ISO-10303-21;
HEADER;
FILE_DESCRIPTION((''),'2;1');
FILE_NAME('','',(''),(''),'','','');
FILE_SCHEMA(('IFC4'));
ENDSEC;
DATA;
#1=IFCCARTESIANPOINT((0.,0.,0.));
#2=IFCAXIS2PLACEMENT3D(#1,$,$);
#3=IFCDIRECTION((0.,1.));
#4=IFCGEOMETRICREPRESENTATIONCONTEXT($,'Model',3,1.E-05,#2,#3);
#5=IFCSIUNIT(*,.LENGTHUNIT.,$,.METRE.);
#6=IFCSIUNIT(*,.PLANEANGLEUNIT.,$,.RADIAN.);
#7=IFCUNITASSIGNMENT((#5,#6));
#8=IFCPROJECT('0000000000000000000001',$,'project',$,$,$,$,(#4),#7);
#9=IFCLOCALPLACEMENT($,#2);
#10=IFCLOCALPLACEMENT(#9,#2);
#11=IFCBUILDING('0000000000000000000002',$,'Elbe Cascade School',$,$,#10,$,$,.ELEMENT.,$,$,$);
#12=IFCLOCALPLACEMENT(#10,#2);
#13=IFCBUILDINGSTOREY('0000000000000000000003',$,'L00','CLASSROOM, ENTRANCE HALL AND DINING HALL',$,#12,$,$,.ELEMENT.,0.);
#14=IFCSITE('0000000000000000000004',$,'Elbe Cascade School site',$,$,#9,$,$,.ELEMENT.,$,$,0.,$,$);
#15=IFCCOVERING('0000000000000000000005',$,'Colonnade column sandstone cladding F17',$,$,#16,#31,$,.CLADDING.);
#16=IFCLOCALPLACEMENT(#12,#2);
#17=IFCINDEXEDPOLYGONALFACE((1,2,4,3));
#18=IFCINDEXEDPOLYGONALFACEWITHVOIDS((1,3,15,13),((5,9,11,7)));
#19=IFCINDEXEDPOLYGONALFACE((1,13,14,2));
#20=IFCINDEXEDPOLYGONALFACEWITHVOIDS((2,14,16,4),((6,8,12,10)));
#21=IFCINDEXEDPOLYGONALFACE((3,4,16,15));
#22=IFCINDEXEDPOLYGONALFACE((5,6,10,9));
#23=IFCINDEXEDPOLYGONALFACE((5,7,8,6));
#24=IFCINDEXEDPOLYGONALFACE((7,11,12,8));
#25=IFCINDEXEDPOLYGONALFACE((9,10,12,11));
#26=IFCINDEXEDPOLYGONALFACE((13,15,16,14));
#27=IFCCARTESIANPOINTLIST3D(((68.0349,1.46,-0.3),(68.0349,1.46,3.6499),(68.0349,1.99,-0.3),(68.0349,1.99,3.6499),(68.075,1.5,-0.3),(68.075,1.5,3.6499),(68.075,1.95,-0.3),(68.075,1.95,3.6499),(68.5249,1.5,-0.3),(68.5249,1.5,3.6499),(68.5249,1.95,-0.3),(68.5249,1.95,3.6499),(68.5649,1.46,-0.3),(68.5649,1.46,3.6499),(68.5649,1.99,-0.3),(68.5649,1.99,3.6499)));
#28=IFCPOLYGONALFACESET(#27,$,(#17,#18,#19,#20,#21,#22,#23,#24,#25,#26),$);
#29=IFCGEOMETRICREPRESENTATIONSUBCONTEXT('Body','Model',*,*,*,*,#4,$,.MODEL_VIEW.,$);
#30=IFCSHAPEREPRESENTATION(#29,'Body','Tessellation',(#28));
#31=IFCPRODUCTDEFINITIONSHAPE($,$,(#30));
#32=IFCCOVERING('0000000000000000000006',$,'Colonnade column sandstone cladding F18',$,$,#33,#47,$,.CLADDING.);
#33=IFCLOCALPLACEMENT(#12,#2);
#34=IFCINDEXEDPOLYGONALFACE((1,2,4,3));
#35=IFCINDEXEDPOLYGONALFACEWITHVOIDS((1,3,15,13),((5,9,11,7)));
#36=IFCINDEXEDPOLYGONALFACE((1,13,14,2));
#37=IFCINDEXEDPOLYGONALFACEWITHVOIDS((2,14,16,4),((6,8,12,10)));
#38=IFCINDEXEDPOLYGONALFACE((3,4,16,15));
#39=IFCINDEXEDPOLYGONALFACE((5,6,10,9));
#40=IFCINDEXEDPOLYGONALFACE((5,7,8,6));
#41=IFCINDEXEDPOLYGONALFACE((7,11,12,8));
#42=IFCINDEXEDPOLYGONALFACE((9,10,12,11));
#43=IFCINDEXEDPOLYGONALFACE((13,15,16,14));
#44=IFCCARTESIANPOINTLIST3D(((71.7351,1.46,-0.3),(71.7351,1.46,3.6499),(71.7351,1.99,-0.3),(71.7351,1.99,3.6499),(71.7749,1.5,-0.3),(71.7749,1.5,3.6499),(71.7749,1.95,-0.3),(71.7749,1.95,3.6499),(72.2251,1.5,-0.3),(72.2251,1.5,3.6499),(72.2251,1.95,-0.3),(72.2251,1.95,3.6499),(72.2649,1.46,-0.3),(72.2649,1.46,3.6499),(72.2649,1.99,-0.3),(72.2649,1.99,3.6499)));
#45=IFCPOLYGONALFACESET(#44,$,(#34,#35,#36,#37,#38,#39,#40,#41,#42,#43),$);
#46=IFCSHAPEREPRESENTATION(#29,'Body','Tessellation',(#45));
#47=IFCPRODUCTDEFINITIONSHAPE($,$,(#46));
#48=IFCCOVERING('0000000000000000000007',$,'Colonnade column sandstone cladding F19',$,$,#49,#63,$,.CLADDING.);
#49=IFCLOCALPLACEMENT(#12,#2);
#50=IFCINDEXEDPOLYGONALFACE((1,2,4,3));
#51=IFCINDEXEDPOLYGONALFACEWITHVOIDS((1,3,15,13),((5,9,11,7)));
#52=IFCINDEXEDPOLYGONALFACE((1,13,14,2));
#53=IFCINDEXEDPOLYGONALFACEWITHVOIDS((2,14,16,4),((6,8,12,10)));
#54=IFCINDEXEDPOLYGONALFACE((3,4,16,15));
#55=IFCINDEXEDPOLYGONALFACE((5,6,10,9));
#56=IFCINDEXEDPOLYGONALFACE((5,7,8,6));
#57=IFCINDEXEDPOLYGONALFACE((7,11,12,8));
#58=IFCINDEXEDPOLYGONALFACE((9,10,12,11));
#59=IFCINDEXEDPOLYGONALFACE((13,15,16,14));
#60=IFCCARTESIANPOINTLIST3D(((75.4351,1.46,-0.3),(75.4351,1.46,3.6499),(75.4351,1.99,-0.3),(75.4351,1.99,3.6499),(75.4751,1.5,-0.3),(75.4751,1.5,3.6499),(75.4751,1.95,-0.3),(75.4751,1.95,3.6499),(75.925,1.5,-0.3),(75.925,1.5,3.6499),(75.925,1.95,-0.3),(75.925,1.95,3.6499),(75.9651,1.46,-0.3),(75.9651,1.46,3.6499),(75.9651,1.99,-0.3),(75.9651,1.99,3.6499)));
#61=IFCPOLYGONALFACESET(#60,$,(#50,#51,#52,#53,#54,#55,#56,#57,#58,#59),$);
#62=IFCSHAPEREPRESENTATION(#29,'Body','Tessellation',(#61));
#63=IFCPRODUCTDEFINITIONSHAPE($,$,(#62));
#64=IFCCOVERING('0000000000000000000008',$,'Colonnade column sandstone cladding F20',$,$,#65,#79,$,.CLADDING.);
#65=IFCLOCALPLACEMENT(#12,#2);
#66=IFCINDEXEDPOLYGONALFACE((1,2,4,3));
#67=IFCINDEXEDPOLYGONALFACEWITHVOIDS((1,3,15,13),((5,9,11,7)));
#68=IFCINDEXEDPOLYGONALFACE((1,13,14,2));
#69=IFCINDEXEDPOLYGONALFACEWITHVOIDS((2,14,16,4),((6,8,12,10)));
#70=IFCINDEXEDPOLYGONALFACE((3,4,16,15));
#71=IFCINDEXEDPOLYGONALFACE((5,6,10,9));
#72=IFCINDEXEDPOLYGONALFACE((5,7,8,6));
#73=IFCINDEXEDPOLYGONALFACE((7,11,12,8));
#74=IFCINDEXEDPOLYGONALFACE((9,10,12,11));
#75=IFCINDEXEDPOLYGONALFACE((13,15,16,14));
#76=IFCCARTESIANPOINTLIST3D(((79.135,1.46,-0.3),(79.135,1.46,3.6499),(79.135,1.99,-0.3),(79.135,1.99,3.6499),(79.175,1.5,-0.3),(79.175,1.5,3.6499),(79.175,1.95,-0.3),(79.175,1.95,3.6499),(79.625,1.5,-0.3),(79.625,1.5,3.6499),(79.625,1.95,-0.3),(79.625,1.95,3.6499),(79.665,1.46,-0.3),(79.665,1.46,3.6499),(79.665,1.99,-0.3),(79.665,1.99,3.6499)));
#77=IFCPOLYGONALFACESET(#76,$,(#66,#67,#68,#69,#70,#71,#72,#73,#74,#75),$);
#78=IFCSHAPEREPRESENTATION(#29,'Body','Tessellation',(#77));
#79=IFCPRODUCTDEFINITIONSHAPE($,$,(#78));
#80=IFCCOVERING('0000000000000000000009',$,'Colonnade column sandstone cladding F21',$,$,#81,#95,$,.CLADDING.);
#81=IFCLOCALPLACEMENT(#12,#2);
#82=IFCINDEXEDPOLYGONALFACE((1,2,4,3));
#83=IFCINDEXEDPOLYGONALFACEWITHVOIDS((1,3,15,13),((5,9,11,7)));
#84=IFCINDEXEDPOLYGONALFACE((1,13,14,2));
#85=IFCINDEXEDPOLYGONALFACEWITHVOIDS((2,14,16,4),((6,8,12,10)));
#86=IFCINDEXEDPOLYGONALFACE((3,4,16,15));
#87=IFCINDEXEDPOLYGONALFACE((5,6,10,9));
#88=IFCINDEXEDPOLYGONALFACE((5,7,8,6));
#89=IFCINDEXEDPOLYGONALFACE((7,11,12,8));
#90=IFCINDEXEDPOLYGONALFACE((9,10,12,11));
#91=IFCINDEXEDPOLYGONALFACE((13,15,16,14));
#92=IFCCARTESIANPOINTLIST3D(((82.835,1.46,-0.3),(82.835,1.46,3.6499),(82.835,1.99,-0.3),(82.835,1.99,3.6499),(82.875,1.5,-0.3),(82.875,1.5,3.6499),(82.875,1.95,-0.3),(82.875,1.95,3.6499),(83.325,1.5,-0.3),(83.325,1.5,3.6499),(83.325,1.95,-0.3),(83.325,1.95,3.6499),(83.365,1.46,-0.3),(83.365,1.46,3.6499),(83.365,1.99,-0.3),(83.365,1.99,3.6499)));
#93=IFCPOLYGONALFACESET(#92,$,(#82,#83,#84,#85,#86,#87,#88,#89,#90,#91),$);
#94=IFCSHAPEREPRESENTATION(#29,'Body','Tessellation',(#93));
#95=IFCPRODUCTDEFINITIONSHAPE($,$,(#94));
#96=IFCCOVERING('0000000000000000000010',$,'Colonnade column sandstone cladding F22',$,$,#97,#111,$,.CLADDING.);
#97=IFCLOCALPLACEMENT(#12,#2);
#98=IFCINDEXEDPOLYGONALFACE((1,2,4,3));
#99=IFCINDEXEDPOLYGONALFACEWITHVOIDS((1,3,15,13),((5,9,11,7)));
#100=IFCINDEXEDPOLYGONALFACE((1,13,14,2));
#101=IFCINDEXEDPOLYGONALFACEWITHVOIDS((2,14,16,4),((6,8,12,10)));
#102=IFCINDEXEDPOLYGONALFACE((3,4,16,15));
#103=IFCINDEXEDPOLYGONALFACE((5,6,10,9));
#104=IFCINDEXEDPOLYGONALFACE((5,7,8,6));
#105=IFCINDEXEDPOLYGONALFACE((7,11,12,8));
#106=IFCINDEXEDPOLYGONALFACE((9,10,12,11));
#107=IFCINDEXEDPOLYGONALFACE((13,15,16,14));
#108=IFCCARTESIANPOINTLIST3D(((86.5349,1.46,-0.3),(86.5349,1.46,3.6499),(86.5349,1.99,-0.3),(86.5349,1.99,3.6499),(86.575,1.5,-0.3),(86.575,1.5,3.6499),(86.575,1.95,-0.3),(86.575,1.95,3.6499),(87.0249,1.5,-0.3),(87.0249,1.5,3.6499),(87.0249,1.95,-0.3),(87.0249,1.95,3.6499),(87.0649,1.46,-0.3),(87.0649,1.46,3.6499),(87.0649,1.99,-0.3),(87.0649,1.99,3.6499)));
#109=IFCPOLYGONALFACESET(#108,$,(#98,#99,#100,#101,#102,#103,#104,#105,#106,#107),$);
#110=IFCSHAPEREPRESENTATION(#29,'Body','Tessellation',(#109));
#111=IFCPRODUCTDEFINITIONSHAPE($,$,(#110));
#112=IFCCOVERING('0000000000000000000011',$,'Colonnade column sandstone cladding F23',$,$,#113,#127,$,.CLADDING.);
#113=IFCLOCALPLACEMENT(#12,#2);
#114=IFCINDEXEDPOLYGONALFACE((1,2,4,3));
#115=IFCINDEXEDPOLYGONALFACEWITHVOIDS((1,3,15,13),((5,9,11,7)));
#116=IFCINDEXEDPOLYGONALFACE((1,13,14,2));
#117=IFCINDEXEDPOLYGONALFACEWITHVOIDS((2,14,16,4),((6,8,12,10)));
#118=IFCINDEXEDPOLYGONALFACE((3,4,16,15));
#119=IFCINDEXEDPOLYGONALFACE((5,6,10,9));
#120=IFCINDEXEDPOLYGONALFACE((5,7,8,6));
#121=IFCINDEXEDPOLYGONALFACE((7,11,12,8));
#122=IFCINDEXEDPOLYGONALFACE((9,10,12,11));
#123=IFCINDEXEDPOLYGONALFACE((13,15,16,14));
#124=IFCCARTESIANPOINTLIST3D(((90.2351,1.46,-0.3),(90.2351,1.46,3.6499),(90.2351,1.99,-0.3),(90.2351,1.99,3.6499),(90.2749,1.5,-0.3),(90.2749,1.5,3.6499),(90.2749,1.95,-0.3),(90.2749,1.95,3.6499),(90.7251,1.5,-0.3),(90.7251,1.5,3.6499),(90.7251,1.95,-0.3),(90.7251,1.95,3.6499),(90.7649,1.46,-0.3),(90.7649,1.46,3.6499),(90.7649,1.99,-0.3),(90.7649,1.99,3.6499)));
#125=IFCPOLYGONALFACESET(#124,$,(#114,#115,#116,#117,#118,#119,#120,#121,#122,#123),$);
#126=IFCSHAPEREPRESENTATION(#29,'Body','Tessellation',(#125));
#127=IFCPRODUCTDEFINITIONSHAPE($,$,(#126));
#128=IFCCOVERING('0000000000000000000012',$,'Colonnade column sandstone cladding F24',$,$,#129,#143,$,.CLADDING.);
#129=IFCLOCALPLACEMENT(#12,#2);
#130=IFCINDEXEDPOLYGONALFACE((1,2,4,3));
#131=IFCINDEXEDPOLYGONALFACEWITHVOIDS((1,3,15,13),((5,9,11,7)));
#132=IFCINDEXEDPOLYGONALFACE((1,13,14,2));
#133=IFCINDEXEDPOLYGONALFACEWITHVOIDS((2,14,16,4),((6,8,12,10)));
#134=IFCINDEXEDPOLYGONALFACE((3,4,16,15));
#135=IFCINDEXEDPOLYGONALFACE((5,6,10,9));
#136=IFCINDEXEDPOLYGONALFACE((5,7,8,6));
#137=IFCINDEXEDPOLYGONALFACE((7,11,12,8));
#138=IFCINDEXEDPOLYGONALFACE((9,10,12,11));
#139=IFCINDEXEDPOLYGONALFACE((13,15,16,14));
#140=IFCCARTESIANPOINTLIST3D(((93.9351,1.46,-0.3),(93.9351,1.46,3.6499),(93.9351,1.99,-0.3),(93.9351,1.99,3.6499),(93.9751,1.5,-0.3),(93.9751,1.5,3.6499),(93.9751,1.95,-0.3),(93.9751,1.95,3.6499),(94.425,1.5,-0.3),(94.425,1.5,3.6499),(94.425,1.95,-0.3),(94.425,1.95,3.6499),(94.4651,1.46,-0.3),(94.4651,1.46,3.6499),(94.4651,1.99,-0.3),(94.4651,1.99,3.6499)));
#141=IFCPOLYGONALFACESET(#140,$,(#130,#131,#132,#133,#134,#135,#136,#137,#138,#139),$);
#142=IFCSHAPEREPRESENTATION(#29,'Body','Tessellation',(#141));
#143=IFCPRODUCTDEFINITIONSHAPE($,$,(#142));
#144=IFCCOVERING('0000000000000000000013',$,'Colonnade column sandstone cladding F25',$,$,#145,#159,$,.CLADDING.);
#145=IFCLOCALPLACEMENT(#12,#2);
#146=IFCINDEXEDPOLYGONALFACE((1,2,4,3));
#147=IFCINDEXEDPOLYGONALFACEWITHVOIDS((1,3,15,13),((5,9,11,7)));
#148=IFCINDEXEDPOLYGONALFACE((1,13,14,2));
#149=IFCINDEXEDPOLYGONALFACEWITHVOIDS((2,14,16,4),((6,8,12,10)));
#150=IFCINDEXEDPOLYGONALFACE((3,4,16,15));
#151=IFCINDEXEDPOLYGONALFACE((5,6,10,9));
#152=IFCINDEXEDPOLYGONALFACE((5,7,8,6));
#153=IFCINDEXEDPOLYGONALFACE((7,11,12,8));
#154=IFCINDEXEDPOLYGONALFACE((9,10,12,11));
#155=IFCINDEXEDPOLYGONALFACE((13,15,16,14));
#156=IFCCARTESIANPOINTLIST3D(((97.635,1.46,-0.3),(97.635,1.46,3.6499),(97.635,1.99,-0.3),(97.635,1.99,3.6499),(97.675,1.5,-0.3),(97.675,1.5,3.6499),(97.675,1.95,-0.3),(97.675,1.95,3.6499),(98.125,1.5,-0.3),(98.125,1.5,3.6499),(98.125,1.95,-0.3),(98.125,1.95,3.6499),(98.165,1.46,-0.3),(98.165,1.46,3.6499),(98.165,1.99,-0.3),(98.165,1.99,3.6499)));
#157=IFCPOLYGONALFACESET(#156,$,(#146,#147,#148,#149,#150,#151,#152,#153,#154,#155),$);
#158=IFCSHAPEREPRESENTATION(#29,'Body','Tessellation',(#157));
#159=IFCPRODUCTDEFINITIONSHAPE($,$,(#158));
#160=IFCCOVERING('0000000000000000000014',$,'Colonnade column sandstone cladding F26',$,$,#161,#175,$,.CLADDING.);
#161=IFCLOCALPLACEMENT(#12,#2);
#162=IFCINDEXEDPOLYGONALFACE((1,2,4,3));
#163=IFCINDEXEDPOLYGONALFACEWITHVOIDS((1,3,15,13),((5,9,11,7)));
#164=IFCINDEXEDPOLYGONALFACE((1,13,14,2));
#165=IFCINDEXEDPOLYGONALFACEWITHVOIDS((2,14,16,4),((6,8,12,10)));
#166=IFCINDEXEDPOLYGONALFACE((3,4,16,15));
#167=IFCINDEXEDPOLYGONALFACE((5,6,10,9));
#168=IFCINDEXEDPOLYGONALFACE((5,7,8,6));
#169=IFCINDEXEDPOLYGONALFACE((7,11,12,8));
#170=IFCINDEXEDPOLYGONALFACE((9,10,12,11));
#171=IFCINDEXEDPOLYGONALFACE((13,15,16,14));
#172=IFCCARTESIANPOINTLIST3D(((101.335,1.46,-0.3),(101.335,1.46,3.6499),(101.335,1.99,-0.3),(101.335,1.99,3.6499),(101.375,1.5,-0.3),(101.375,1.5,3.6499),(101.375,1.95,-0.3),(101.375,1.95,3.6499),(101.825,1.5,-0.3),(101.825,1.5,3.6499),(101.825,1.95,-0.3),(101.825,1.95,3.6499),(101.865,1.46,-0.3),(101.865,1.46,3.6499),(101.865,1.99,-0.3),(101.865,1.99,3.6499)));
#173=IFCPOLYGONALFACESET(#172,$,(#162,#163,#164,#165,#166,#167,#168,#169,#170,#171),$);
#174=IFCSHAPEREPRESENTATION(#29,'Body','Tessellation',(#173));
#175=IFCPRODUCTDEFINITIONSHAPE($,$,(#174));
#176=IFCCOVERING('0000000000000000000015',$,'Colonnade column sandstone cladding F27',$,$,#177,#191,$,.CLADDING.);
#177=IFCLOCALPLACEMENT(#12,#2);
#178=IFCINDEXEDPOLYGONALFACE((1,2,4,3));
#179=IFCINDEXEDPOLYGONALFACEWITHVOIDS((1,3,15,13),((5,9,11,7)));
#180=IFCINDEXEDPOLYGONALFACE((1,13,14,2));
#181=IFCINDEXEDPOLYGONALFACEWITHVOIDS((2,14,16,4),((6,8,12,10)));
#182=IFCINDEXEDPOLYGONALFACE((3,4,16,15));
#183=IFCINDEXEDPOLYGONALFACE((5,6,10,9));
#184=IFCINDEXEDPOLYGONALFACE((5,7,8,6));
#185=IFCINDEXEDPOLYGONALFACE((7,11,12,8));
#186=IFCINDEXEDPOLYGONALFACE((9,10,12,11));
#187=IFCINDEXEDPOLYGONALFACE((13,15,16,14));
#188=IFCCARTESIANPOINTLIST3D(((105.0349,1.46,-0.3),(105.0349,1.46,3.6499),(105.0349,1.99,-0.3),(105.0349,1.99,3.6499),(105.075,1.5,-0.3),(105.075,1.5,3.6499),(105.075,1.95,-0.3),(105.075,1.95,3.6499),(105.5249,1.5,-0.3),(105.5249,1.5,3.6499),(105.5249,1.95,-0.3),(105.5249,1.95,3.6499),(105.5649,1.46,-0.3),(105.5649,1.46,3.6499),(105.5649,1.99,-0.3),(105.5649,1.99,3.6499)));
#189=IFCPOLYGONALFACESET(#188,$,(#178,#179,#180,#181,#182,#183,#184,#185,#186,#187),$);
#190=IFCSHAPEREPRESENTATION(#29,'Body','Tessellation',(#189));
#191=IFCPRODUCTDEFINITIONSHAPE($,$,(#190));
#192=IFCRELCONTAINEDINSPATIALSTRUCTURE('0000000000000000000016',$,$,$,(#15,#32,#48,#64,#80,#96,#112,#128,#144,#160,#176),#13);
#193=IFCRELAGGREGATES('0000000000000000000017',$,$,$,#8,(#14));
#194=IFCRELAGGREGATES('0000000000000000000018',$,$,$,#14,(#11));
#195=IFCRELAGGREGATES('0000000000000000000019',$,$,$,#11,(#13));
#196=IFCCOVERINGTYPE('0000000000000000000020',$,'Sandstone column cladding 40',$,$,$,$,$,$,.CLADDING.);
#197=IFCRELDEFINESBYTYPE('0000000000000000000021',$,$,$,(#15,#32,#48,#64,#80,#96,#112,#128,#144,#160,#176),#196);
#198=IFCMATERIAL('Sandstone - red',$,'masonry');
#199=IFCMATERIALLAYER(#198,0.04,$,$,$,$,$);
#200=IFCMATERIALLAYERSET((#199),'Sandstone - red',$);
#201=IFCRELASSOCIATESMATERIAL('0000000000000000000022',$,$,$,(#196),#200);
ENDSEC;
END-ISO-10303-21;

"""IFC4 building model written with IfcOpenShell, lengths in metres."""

from ifc_helpers import new_model, si_unit, direction, frame, origin, place, context, subcontext, project, spatial, polyline, outline, extrude, material, layer, layer_set, type_object, element, save


model = new_model("IFC4")

# Units and contexts
model_context = context("Model", 3, precision=1e-05, world=origin(), true_north=direction((0.0, 1.0)))
body_context = subcontext(model_context, "Body", "Model", "MODEL_VIEW")
ifc_project = project(units=[si_unit("LENGTHUNIT", "METRE"), si_unit("PLANEANGLEUNIT", "RADIAN")], contexts=[model_context])

# Site, building, storey
site_placement = place(None, origin())
site = spatial("IfcSite", under=ifc_project, at=site_placement, Name="Elbe Cascade School site", CompositionType="ELEMENT", RefElevation=0.0)
building_placement = place(site_placement, origin())
building = spatial("IfcBuilding", under=site, at=building_placement, Name="Elbe Cascade School", CompositionType="ELEMENT")
storey_placement = place(building_placement, origin())
storey = spatial("IfcBuildingStorey", under=building, at=storey_placement, Name="L00", Description="CLASSROOM, ENTRANCE HALL AND DINING HALL", CompositionType="ELEMENT", Elevation=0.0)

# Coverings
ifc_material = material(Name="Sandstone - red", Category="masonry")
ifc_layer = layer(ifc_material, 0.04)
ifc_layer_set = layer_set([ifc_layer], Name="Sandstone - red")
covering_type = type_object("IfcCoveringType", Name="Sandstone column cladding 40", PredefinedType="CLADDING", material=ifc_layer_set)
covering_1_placement = place(storey_placement, frame((0.0, 0.0, -0.3)))
element("IfcCovering", 1, at=covering_1_placement, inside=storey, type_object=covering_type, Name="Colonnade column sandstone cladding F17", PredefinedType="CLADDING", context=body_context, shape_type="SweptSolid", body=[
    extrude(outline(polyline([(68.0349, 1.46), (68.5649, 1.46), (68.5649, 1.99), (68.0349, 1.99), (68.0349, 1.46)]), holes=[polyline([(68.075, 1.95), (68.5249, 1.95), (68.5249, 1.5), (68.075, 1.5), (68.075, 1.95)])]), origin(), (0.0, 0.0, 1.0), 3.95),
])
covering_2_placement = place(storey_placement, frame((0.0, 0.0, -0.3)))
element("IfcCovering", 2, at=covering_2_placement, inside=storey, type_object=covering_type, Name="Colonnade column sandstone cladding F18", PredefinedType="CLADDING", context=body_context, shape_type="SweptSolid", body=[
    extrude(outline(polyline([(71.7351, 1.46), (72.2649, 1.46), (72.2649, 1.99), (71.7351, 1.99), (71.7351, 1.46)]), holes=[polyline([(71.7749, 1.95), (72.2251, 1.95), (72.2251, 1.5), (71.7749, 1.5), (71.7749, 1.95)])]), origin(), (0.0, 0.0, 1.0), 3.95),
])
covering_3_placement = place(storey_placement, frame((0.0, 0.0, -0.3)))
element("IfcCovering", 3, at=covering_3_placement, inside=storey, type_object=covering_type, Name="Colonnade column sandstone cladding F19", PredefinedType="CLADDING", context=body_context, shape_type="SweptSolid", body=[
    extrude(outline(polyline([(75.4351, 1.46), (75.9651, 1.46), (75.9651, 1.99), (75.4351, 1.99), (75.4351, 1.46)]), holes=[polyline([(75.4751, 1.95), (75.925, 1.95), (75.925, 1.5), (75.4751, 1.5), (75.4751, 1.95)])]), origin(), (0.0, 0.0, 1.0), 3.95),
])
covering_4_placement = place(storey_placement, frame((0.0, 0.0, -0.3)))
element("IfcCovering", 4, at=covering_4_placement, inside=storey, type_object=covering_type, Name="Colonnade column sandstone cladding F20", PredefinedType="CLADDING", context=body_context, shape_type="SweptSolid", body=[
    extrude(outline(polyline([(79.135, 1.46), (79.665, 1.46), (79.665, 1.99), (79.135, 1.99), (79.135, 1.46)]), holes=[polyline([(79.175, 1.95), (79.625, 1.95), (79.625, 1.5), (79.175, 1.5), (79.175, 1.95)])]), origin(), (0.0, 0.0, 1.0), 3.95),
])
covering_5_placement = place(storey_placement, frame((0.0, 0.0, -0.3)))
element("IfcCovering", 5, at=covering_5_placement, inside=storey, type_object=covering_type, Name="Colonnade column sandstone cladding F21", PredefinedType="CLADDING", context=body_context, shape_type="SweptSolid", body=[
    extrude(outline(polyline([(82.835, 1.46), (83.365, 1.46), (83.365, 1.99), (82.835, 1.99), (82.835, 1.46)]), holes=[polyline([(82.875, 1.95), (83.325, 1.95), (83.325, 1.5), (82.875, 1.5), (82.875, 1.95)])]), origin(), (0.0, 0.0, 1.0), 3.95),
])
covering_6_placement = place(storey_placement, frame((0.0, 0.0, -0.3)))
element("IfcCovering", 6, at=covering_6_placement, inside=storey, type_object=covering_type, Name="Colonnade column sandstone cladding F22", PredefinedType="CLADDING", context=body_context, shape_type="SweptSolid", body=[
    extrude(outline(polyline([(86.5349, 1.46), (87.0649, 1.46), (87.0649, 1.99), (86.5349, 1.99), (86.5349, 1.46)]), holes=[polyline([(86.575, 1.95), (87.0249, 1.95), (87.0249, 1.5), (86.575, 1.5), (86.575, 1.95)])]), origin(), (0.0, 0.0, 1.0), 3.95),
])
covering_7_placement = place(storey_placement, frame((0.0, 0.0, -0.3)))
element("IfcCovering", 7, at=covering_7_placement, inside=storey, type_object=covering_type, Name="Colonnade column sandstone cladding F23", PredefinedType="CLADDING", context=body_context, shape_type="SweptSolid", body=[
    extrude(outline(polyline([(90.2351, 1.46), (90.7649, 1.46), (90.7649, 1.99), (90.2351, 1.99), (90.2351, 1.46)]), holes=[polyline([(90.2749, 1.95), (90.7251, 1.95), (90.7251, 1.5), (90.2749, 1.5), (90.2749, 1.95)])]), origin(), (0.0, 0.0, 1.0), 3.95),
])
covering_8_placement = place(storey_placement, frame((0.0, 0.0, -0.3)))
element("IfcCovering", 8, at=covering_8_placement, inside=storey, type_object=covering_type, Name="Colonnade column sandstone cladding F24", PredefinedType="CLADDING", context=body_context, shape_type="SweptSolid", body=[
    extrude(outline(polyline([(93.9351, 1.46), (94.4651, 1.46), (94.4651, 1.99), (93.9351, 1.99), (93.9351, 1.46)]), holes=[polyline([(93.9751, 1.95), (94.425, 1.95), (94.425, 1.5), (93.9751, 1.5), (93.9751, 1.95)])]), origin(), (0.0, 0.0, 1.0), 3.95),
])
covering_9_placement = place(storey_placement, frame((0.0, 0.0, -0.3)))
element("IfcCovering", 9, at=covering_9_placement, inside=storey, type_object=covering_type, Name="Colonnade column sandstone cladding F25", PredefinedType="CLADDING", context=body_context, shape_type="SweptSolid", body=[
    extrude(outline(polyline([(97.635, 1.46), (98.165, 1.46), (98.165, 1.99), (97.635, 1.99), (97.635, 1.46)]), holes=[polyline([(97.675, 1.95), (98.125, 1.95), (98.125, 1.5), (97.675, 1.5), (97.675, 1.95)])]), origin(), (0.0, 0.0, 1.0), 3.95),
])
covering_10_placement = place(storey_placement, frame((0.0, 0.0, -0.3)))
element("IfcCovering", 10, at=covering_10_placement, inside=storey, type_object=covering_type, Name="Colonnade column sandstone cladding F26", PredefinedType="CLADDING", context=body_context, shape_type="SweptSolid", body=[
    extrude(outline(polyline([(101.335, 1.46), (101.865, 1.46), (101.865, 1.99), (101.335, 1.99), (101.335, 1.46)]), holes=[polyline([(101.375, 1.95), (101.825, 1.95), (101.825, 1.5), (101.375, 1.5), (101.375, 1.95)])]), origin(), (0.0, 0.0, 1.0), 3.95),
])
covering_11_placement = place(storey_placement, frame((0.0, 0.0, -0.3)))
element("IfcCovering", 11, at=covering_11_placement, inside=storey, type_object=covering_type, Name="Colonnade column sandstone cladding F27", PredefinedType="CLADDING", context=body_context, shape_type="SweptSolid", body=[
    extrude(outline(polyline([(105.0349, 1.46), (105.5649, 1.46), (105.5649, 1.99), (105.0349, 1.99), (105.0349, 1.46)]), holes=[polyline([(105.075, 1.95), (105.5249, 1.95), (105.5249, 1.5), (105.075, 1.5), (105.075, 1.95)])]), origin(), (0.0, 0.0, 1.0), 3.95),
])

save(model, "model.ifc")
